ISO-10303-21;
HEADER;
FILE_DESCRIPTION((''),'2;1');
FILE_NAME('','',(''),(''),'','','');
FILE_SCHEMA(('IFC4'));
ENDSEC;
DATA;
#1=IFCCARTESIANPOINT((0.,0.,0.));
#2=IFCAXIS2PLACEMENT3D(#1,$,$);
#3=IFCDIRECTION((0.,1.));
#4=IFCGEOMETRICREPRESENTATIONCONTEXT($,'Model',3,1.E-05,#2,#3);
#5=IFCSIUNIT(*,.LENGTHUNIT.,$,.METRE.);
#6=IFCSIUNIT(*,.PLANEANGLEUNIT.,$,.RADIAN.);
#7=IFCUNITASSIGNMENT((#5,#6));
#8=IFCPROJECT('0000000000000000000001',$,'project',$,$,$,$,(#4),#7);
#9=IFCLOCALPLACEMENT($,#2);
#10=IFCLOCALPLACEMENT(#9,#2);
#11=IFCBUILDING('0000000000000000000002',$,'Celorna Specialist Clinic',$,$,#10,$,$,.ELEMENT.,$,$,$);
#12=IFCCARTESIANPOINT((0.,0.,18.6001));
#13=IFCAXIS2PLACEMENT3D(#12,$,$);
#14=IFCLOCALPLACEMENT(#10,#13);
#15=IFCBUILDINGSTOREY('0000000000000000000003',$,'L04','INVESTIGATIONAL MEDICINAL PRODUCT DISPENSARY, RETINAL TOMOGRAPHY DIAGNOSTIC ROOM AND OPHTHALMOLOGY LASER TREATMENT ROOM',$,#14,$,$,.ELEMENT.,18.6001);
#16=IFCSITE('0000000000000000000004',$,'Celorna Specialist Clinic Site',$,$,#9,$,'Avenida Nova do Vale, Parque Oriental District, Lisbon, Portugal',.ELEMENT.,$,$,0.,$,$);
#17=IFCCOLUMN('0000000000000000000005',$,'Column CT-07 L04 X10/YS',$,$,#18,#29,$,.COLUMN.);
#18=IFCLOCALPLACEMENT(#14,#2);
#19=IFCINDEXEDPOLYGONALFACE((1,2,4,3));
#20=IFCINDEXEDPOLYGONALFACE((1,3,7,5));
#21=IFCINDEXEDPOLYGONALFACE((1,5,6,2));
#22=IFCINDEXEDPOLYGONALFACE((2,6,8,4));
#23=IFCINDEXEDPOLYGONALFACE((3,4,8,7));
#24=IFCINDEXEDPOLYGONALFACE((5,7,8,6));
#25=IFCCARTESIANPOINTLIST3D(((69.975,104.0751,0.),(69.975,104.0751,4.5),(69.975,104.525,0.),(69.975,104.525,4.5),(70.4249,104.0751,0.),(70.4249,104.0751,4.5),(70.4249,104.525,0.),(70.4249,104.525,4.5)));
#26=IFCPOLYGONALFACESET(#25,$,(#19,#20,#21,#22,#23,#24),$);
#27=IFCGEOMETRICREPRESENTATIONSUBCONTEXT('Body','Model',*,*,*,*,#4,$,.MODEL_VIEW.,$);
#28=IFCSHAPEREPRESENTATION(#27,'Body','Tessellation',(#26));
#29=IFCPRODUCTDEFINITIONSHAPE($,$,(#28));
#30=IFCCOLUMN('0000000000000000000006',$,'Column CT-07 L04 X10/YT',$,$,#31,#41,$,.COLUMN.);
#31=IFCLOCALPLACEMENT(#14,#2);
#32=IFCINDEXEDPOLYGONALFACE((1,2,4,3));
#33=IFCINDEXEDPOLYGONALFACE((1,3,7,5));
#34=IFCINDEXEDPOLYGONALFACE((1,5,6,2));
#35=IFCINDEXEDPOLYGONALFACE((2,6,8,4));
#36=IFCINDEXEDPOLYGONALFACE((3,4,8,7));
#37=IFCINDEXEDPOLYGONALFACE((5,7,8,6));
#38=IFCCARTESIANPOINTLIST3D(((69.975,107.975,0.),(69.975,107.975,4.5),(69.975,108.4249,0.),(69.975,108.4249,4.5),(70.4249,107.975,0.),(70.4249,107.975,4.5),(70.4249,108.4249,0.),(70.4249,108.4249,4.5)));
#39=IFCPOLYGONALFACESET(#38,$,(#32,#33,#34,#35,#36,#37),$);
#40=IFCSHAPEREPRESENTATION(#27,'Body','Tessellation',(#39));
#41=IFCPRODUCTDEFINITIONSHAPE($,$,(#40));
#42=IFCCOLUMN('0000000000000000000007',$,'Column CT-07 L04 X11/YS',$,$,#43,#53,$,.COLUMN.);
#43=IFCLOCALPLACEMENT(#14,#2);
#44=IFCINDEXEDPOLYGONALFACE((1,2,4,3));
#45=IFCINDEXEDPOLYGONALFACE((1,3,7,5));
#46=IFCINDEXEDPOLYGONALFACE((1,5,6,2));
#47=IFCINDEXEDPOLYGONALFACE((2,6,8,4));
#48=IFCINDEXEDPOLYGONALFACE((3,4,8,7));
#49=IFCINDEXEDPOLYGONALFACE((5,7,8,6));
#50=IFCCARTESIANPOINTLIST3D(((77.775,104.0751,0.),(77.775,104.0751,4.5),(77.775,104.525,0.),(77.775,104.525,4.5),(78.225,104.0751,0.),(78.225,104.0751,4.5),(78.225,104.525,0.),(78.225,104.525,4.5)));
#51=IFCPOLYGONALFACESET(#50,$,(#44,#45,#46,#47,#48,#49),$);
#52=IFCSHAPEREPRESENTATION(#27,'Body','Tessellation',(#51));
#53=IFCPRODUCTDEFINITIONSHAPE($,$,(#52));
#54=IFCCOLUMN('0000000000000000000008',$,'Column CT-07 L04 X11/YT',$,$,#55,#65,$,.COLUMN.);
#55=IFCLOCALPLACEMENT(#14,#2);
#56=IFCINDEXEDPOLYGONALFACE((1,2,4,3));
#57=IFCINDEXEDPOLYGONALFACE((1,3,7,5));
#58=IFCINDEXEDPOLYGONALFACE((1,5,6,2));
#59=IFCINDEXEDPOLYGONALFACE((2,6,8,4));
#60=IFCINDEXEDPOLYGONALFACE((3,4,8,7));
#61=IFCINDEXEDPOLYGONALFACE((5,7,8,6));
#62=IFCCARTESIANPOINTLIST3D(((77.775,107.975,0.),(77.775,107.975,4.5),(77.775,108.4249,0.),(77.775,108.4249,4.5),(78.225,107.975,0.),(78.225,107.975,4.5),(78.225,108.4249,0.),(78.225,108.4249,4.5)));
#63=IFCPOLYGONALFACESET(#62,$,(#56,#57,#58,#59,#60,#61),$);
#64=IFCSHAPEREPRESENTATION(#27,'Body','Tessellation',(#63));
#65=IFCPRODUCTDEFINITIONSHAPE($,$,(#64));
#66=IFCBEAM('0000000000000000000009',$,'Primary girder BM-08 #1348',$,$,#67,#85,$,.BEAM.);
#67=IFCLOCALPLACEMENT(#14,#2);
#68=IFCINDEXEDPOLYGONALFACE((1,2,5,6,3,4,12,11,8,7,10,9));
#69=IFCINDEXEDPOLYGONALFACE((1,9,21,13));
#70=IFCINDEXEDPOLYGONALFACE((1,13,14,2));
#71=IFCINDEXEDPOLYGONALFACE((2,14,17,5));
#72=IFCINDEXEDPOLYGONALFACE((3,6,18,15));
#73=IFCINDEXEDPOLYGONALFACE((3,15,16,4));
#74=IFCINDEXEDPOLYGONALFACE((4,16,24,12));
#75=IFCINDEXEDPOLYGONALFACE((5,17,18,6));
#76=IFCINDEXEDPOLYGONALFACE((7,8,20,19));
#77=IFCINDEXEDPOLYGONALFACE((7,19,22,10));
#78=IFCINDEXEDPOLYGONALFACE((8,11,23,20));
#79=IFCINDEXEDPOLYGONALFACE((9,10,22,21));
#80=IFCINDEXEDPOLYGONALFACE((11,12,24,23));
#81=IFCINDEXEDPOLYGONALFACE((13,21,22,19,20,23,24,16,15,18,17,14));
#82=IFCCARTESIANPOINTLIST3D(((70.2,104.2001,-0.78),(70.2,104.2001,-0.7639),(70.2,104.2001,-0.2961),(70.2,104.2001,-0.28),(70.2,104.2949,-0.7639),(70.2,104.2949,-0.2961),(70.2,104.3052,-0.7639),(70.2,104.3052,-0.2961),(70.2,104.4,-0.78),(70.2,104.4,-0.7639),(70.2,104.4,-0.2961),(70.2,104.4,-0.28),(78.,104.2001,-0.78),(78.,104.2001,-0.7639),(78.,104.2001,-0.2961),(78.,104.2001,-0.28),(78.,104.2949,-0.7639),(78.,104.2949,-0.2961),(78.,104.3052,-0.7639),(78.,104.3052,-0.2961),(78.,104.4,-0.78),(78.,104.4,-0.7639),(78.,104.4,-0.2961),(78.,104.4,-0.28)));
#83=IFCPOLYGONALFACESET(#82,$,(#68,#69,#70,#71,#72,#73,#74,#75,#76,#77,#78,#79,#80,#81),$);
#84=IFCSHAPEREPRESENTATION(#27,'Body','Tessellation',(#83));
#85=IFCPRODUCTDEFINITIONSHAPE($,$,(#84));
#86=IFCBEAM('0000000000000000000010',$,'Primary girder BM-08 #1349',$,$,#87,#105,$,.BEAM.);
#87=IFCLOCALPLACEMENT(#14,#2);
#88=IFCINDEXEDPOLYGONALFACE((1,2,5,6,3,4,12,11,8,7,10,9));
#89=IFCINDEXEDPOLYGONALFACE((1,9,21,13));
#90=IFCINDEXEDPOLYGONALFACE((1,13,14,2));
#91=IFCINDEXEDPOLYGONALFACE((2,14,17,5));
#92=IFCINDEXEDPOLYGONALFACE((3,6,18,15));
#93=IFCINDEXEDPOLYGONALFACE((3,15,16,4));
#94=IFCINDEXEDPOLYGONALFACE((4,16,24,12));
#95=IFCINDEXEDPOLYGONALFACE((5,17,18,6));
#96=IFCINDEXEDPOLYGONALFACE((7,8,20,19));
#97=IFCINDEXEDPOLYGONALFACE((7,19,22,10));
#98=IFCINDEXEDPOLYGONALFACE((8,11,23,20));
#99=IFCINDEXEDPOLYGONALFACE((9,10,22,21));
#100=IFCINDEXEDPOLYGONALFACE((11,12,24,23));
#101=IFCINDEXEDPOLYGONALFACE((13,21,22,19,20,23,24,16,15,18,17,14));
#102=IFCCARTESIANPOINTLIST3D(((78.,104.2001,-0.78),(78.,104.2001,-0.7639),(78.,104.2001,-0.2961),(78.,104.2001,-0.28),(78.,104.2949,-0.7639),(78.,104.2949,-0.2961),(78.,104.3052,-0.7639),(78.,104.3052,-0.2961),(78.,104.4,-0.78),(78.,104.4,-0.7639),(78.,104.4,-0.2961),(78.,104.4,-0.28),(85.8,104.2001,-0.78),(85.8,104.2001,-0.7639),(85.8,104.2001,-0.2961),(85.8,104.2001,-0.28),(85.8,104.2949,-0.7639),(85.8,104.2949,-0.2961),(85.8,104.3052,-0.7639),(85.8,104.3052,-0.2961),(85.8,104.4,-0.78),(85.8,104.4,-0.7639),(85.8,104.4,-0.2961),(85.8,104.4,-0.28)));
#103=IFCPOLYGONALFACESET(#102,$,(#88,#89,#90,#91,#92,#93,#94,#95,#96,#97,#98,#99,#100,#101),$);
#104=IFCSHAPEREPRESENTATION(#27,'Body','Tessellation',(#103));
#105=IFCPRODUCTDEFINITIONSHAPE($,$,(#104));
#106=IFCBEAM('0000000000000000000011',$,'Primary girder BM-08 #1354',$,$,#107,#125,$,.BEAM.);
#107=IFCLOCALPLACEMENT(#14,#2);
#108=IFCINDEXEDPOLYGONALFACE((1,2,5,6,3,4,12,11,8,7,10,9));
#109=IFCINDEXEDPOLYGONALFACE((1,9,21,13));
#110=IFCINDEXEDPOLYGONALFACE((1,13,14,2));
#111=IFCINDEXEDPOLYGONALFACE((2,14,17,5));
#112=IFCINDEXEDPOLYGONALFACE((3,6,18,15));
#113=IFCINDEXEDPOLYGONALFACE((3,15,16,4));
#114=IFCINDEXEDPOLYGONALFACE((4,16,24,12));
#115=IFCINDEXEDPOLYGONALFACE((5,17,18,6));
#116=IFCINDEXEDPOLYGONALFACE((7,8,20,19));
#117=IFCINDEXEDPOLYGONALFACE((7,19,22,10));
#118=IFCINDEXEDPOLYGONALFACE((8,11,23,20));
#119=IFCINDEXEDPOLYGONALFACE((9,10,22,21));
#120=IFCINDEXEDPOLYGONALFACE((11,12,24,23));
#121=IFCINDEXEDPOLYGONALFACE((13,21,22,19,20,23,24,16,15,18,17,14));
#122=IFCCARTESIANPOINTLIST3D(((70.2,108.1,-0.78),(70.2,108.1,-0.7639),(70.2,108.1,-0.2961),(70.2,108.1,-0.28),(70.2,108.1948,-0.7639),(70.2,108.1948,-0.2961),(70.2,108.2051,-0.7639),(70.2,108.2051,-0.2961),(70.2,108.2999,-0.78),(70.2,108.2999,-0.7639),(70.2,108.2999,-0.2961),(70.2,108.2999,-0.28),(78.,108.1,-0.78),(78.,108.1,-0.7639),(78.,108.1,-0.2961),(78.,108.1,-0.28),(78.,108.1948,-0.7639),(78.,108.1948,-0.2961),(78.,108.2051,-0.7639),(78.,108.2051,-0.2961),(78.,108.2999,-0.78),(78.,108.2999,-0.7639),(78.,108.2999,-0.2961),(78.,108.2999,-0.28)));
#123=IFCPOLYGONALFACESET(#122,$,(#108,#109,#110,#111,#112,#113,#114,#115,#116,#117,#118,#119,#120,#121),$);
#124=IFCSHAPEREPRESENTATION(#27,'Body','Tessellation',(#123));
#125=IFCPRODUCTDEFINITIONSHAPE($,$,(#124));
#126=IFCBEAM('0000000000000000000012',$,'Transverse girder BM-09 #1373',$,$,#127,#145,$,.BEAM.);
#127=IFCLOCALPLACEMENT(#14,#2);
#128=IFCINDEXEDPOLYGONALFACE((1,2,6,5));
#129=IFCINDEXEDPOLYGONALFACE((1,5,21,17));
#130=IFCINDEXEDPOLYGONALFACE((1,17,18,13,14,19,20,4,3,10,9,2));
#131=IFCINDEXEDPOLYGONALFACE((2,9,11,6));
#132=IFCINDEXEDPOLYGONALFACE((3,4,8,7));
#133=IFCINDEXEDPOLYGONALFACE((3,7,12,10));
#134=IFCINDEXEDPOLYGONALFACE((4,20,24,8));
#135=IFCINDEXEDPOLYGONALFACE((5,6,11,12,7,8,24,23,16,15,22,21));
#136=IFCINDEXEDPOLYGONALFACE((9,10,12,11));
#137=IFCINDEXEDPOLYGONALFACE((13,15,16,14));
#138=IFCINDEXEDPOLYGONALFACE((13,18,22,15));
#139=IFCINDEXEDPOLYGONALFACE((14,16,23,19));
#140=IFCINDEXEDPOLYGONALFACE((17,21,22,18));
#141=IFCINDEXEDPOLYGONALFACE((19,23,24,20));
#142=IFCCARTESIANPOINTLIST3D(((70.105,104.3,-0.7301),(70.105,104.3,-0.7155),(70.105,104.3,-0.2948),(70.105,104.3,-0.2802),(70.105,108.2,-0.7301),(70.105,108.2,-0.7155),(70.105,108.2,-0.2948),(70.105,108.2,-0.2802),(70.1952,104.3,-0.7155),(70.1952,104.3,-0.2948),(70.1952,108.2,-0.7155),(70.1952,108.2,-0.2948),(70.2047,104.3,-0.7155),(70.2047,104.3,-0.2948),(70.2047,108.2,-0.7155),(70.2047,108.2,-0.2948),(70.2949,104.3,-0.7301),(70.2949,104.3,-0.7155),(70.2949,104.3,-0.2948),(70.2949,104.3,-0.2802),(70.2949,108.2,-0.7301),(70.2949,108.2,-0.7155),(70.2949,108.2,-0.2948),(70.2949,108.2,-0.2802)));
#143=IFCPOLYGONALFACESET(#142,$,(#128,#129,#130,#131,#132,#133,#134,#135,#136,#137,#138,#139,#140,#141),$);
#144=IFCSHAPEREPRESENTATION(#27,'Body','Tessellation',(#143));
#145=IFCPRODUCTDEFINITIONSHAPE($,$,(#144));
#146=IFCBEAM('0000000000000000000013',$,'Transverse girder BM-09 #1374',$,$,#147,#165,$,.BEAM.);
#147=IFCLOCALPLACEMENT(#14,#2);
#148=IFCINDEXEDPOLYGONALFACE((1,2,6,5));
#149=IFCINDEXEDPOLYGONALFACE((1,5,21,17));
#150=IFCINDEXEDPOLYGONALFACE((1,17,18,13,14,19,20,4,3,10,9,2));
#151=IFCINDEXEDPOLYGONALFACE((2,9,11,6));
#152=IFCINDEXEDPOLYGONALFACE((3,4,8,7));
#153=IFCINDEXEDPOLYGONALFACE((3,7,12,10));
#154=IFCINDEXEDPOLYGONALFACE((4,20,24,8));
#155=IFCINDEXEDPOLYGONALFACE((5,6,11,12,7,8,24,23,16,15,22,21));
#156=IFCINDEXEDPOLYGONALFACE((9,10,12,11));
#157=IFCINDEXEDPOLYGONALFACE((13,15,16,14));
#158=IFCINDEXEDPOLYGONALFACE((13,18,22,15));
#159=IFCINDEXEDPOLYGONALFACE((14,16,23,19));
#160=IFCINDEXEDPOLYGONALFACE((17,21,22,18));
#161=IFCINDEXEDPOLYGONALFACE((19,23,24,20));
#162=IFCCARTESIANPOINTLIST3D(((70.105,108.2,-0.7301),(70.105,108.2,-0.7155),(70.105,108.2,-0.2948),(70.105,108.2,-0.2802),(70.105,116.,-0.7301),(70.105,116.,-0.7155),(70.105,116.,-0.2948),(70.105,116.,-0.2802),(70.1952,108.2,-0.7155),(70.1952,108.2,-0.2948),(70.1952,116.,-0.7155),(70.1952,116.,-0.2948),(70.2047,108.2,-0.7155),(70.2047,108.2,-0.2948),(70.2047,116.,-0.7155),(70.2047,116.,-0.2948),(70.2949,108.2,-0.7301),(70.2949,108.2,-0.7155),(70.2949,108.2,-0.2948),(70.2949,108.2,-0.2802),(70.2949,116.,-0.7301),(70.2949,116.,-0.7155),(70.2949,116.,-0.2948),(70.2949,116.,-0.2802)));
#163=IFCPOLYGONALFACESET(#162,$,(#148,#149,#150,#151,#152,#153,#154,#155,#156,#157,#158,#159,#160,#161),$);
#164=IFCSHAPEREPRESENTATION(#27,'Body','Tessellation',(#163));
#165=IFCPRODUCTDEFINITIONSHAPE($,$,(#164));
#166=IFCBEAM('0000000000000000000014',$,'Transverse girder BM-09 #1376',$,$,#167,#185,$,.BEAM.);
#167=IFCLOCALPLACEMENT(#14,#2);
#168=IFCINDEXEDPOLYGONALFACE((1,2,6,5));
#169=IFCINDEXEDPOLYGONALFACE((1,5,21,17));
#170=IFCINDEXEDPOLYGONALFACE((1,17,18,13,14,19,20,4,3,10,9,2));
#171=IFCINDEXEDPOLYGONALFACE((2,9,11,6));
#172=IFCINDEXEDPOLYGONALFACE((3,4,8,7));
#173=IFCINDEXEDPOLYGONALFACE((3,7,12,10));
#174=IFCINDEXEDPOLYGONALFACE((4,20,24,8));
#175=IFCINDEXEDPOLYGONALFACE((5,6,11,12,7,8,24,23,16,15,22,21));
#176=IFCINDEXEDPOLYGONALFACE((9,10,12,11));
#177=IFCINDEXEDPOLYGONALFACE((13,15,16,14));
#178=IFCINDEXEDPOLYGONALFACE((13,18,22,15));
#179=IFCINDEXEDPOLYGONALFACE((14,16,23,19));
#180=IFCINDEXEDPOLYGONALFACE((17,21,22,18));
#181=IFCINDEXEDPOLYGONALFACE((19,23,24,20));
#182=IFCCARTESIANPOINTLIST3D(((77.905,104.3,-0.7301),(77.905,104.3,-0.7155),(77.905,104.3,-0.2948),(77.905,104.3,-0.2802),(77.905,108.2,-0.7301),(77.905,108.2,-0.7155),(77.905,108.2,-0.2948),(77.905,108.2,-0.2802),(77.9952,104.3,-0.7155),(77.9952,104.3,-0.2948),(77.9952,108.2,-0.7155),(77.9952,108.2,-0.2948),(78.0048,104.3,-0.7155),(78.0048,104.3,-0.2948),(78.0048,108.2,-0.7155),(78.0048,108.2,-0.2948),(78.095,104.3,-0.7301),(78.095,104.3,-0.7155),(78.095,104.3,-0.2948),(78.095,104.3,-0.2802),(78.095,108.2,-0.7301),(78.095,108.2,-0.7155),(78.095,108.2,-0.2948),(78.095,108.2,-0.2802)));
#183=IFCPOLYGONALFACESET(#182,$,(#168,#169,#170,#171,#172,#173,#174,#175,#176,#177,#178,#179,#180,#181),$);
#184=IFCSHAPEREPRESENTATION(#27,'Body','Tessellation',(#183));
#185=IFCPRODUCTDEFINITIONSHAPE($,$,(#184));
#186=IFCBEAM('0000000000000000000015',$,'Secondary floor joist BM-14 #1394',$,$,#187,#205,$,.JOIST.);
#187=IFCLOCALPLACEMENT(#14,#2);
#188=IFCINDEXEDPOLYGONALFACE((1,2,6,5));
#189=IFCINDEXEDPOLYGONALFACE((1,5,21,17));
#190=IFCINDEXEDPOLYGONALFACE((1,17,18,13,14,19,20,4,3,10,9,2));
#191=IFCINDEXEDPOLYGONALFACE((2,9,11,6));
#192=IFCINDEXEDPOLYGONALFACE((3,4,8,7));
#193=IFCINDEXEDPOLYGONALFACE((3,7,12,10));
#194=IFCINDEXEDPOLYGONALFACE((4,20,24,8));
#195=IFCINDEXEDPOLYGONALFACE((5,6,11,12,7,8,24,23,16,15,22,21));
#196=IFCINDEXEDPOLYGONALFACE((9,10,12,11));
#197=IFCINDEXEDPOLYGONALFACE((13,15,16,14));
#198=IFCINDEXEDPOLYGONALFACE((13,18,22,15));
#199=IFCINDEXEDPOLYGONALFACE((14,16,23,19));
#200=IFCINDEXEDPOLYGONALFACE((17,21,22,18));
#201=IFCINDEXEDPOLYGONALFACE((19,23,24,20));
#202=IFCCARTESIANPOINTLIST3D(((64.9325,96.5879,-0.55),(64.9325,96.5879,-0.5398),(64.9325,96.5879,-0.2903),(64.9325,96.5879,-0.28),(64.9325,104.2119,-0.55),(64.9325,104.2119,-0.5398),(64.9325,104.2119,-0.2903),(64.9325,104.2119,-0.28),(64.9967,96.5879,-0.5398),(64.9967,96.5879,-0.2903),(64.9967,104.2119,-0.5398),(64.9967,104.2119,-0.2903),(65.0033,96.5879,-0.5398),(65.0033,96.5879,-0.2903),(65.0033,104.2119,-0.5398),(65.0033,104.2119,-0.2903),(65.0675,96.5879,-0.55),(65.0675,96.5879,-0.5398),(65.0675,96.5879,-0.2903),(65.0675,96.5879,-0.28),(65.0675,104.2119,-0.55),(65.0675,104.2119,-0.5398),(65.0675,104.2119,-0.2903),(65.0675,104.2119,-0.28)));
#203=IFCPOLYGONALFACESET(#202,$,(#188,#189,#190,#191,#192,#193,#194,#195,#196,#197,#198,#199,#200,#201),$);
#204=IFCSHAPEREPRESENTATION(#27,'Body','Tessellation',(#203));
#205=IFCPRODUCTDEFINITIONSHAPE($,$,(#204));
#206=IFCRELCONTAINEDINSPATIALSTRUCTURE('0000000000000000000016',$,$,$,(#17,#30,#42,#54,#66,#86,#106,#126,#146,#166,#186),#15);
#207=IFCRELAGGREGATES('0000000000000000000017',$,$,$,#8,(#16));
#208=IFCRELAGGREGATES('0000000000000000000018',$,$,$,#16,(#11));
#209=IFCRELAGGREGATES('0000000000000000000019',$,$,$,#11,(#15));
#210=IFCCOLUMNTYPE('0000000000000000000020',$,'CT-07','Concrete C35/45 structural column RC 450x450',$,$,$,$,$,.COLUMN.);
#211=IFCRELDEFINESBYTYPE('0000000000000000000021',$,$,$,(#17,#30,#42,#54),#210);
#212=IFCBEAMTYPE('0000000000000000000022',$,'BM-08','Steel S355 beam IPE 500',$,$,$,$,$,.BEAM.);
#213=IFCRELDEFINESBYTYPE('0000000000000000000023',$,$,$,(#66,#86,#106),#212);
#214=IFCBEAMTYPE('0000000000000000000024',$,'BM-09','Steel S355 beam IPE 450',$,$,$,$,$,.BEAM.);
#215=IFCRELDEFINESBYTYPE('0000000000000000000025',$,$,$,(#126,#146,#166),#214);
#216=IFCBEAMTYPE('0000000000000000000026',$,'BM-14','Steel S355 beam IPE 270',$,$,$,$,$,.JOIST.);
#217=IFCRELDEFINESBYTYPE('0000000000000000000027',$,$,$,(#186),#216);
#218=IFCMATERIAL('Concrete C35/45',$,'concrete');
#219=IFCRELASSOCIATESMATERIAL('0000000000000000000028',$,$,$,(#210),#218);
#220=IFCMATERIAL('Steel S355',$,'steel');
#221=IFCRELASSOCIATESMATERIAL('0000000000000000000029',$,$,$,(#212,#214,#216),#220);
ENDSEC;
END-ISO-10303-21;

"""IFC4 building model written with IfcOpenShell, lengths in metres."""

from ifc_helpers import new_model, si_unit, direction, frame, origin, origin_2d, place, context, subcontext, project, spatial, rectangle, i_section, extrude, material, material_profile, profile_set, type_object, element, save


model = new_model("IFC4")

# Units and contexts
model_context = context("Model", 3, precision=1e-05, world=origin(), true_north=direction((0.0, 1.0)))
body_context = subcontext(model_context, "Body", "Model", "MODEL_VIEW")
ifc_project = project(units=[si_unit("LENGTHUNIT", "METRE"), si_unit("PLANEANGLEUNIT", "RADIAN")], contexts=[model_context])

# Site, building, storey
site_placement = place(None, origin())
site = spatial("IfcSite", under=ifc_project, at=site_placement, Name="Celorna Specialist Clinic Site", LongName="Avenida Nova do Vale, Parque Oriental District, Lisbon, Portugal", CompositionType="ELEMENT", RefElevation=0.0)
building_placement = place(site_placement, origin())
building = spatial("IfcBuilding", under=site, at=building_placement, Name="Celorna Specialist Clinic", CompositionType="ELEMENT")
storey_placement = place(building_placement, frame((0.0, 0.0, 18.6001)))
storey = spatial("IfcBuildingStorey", under=building, at=storey_placement, Name="L04", Description="INVESTIGATIONAL MEDICINAL PRODUCT DISPENSARY, RETINAL TOMOGRAPHY DIAGNOSTIC ROOM AND OPHTHALMOLOGY LASER TREATMENT ROOM", CompositionType="ELEMENT", Elevation=18.6001)

# Columns
ifc_material_1 = material(Name="Concrete C35/45", Category="concrete")
ifc_material_profile_1 = material_profile(ifc_material_1, rectangle(XDim=0.45, YDim=0.45, at=origin_2d()), Name="RC 450x450")
ifc_profile_set_1 = profile_set([ifc_material_profile_1], Name="Concrete C35/45")
column_type = type_object("IfcColumnType", Name="CT-07", Description="Concrete C35/45 structural column RC 450x450", PredefinedType="COLUMN", material=ifc_profile_set_1)
for number, where, z_axis, x_axis, name in (
    (1, (70.2, 104.3, 0.0), (0.0, 0.0, 1.0), (1.0, 0.0, 0.0), "Column CT-07 L04 X10/YS"),
    (2, (70.2, 108.2, 0.0), (0.0, 0.0, 1.0), (1.0, 0.0, 0.0), "Column CT-07 L04 X10/YT"),
    (3, (78.0, 104.3, 0.0), (0.0, 0.0, 1.0), (1.0, 0.0, 0.0), "Column CT-07 L04 X11/YS"),
    (4, (78.0, 108.2, 0.0), (0.0, 0.0, 1.0), (1.0, 0.0, 0.0), "Column CT-07 L04 X11/YT"),
):
    element("IfcColumn", number, at=place(storey_placement, frame(where, z_axis=z_axis, x_axis=x_axis)), inside=storey, type_object=column_type, Name=name, PredefinedType="COLUMN", context=body_context, shape_type="SweptSolid", body=[
        extrude(rectangle(XDim=0.45, YDim=0.45, at=origin_2d()), origin(), (0.0, 0.0, 1.0), 4.5),
    ])

# Beams
ifc_material_2 = material(Name="Steel S355", Category="steel")
ifc_material_profile_2 = material_profile(ifc_material_2, i_section(OverallWidth=0.2, OverallDepth=0.5, WebThickness=0.0103, FlangeThickness=0.0161, at=origin_2d()), Name="IPE 500")
ifc_profile_set_2 = profile_set([ifc_material_profile_2], Name="Steel S355")
beam_type_1 = type_object("IfcBeamType", Name="BM-08", Description="Steel S355 beam IPE 500", PredefinedType="BEAM", material=ifc_profile_set_2)
for number, where, z_axis, x_axis, name in (
    (5, (70.2, 104.3, -0.53), (1.0, 0.0, 0.0), (0.0, 1.0, 0.0), "Primary girder BM-08 #1348"),
    (6, (78.0, 104.3, -0.53), (1.0, 0.0, 0.0), (0.0, 1.0, 0.0), "Primary girder BM-08 #1349"),
    (7, (70.2, 108.2, -0.53), (1.0, 0.0, 0.0), (0.0, 1.0, 0.0), "Primary girder BM-08 #1354"),
):
    element("IfcBeam", number, at=place(storey_placement, frame(where, z_axis=z_axis, x_axis=x_axis)), inside=storey, type_object=beam_type_1, Name=name, PredefinedType="BEAM", context=body_context, shape_type="SweptSolid", body=[
        extrude(i_section(OverallWidth=0.2, OverallDepth=0.5, WebThickness=0.0103, FlangeThickness=0.0161, at=origin_2d()), origin(), (0.0, 0.0, 1.0), 7.8),
    ])
ifc_material_profile_3 = material_profile(ifc_material_2, i_section(OverallWidth=0.1899, OverallDepth=0.45, WebThickness=0.0095, FlangeThickness=0.0146, at=origin_2d()), Name="IPE 450")
ifc_profile_set_3 = profile_set([ifc_material_profile_3], Name="Steel S355")
beam_type_2 = type_object("IfcBeamType", Name="BM-09", Description="Steel S355 beam IPE 450", PredefinedType="BEAM", material=ifc_profile_set_3)
beam_1_placement = place(storey_placement, frame((70.2, 104.3, -0.5051), z_axis=(0.0, 1.0, 0.0), x_axis=(-1.0, 0.0, 0.0)))
element("IfcBeam", 8, at=beam_1_placement, inside=storey, type_object=beam_type_2, Name="Transverse girder BM-09 #1373", PredefinedType="BEAM", context=body_context, shape_type="SweptSolid", body=[
    extrude(i_section(OverallWidth=0.1899, OverallDepth=0.45, WebThickness=0.0095, FlangeThickness=0.0146, at=origin_2d()), origin(), (0.0, 0.0, 1.0), 3.8999),
])
beam_2_placement = place(storey_placement, frame((70.2, 108.2, -0.5051), z_axis=(0.0, 1.0, 0.0), x_axis=(-1.0, 0.0, 0.0)))
element("IfcBeam", 9, at=beam_2_placement, inside=storey, type_object=beam_type_2, Name="Transverse girder BM-09 #1374", PredefinedType="BEAM", context=body_context, shape_type="SweptSolid", body=[
    extrude(i_section(OverallWidth=0.1899, OverallDepth=0.45, WebThickness=0.0095, FlangeThickness=0.0146, at=origin_2d()), origin(), (0.0, 0.0, 1.0), 7.8),
])
beam_3_placement = place(storey_placement, frame((78.0, 104.3, -0.5051), z_axis=(0.0, 1.0, 0.0), x_axis=(-1.0, 0.0, 0.0)))
element("IfcBeam", 10, at=beam_3_placement, inside=storey, type_object=beam_type_2, Name="Transverse girder BM-09 #1376", PredefinedType="BEAM", context=body_context, shape_type="SweptSolid", body=[
    extrude(i_section(OverallWidth=0.1899, OverallDepth=0.45, WebThickness=0.0095, FlangeThickness=0.0146, at=origin_2d()), origin(), (0.0, 0.0, 1.0), 3.8999),
])
ifc_material_profile_4 = material_profile(ifc_material_2, i_section(OverallWidth=0.135, OverallDepth=0.27, WebThickness=0.0066, FlangeThickness=0.0103, at=origin_2d()), Name="IPE 270")
ifc_profile_set_4 = profile_set([ifc_material_profile_4], Name="Steel S355")
beam_type_3 = type_object("IfcBeamType", Name="BM-14", Description="Steel S355 beam IPE 270", PredefinedType="JOIST", material=ifc_profile_set_4)
for number, where, z_axis, x_axis, name in (
    (11, (65.0, 96.5879, -0.415), (0.0, 1.0, 0.0), (-1.0, 0.0, 0.0), "Secondary floor joist BM-14 #1394"),
):
    element("IfcBeam", number, at=place(storey_placement, frame(where, z_axis=z_axis, x_axis=x_axis)), inside=storey, type_object=beam_type_3, Name=name, PredefinedType="JOIST", context=body_context, shape_type="SweptSolid", body=[
        extrude(i_section(OverallWidth=0.135, OverallDepth=0.27, WebThickness=0.0066, FlangeThickness=0.0103, at=origin_2d()), origin(), (0.0, 0.0, 1.0), 7.624),
    ])

save(model, "model.ifc")
